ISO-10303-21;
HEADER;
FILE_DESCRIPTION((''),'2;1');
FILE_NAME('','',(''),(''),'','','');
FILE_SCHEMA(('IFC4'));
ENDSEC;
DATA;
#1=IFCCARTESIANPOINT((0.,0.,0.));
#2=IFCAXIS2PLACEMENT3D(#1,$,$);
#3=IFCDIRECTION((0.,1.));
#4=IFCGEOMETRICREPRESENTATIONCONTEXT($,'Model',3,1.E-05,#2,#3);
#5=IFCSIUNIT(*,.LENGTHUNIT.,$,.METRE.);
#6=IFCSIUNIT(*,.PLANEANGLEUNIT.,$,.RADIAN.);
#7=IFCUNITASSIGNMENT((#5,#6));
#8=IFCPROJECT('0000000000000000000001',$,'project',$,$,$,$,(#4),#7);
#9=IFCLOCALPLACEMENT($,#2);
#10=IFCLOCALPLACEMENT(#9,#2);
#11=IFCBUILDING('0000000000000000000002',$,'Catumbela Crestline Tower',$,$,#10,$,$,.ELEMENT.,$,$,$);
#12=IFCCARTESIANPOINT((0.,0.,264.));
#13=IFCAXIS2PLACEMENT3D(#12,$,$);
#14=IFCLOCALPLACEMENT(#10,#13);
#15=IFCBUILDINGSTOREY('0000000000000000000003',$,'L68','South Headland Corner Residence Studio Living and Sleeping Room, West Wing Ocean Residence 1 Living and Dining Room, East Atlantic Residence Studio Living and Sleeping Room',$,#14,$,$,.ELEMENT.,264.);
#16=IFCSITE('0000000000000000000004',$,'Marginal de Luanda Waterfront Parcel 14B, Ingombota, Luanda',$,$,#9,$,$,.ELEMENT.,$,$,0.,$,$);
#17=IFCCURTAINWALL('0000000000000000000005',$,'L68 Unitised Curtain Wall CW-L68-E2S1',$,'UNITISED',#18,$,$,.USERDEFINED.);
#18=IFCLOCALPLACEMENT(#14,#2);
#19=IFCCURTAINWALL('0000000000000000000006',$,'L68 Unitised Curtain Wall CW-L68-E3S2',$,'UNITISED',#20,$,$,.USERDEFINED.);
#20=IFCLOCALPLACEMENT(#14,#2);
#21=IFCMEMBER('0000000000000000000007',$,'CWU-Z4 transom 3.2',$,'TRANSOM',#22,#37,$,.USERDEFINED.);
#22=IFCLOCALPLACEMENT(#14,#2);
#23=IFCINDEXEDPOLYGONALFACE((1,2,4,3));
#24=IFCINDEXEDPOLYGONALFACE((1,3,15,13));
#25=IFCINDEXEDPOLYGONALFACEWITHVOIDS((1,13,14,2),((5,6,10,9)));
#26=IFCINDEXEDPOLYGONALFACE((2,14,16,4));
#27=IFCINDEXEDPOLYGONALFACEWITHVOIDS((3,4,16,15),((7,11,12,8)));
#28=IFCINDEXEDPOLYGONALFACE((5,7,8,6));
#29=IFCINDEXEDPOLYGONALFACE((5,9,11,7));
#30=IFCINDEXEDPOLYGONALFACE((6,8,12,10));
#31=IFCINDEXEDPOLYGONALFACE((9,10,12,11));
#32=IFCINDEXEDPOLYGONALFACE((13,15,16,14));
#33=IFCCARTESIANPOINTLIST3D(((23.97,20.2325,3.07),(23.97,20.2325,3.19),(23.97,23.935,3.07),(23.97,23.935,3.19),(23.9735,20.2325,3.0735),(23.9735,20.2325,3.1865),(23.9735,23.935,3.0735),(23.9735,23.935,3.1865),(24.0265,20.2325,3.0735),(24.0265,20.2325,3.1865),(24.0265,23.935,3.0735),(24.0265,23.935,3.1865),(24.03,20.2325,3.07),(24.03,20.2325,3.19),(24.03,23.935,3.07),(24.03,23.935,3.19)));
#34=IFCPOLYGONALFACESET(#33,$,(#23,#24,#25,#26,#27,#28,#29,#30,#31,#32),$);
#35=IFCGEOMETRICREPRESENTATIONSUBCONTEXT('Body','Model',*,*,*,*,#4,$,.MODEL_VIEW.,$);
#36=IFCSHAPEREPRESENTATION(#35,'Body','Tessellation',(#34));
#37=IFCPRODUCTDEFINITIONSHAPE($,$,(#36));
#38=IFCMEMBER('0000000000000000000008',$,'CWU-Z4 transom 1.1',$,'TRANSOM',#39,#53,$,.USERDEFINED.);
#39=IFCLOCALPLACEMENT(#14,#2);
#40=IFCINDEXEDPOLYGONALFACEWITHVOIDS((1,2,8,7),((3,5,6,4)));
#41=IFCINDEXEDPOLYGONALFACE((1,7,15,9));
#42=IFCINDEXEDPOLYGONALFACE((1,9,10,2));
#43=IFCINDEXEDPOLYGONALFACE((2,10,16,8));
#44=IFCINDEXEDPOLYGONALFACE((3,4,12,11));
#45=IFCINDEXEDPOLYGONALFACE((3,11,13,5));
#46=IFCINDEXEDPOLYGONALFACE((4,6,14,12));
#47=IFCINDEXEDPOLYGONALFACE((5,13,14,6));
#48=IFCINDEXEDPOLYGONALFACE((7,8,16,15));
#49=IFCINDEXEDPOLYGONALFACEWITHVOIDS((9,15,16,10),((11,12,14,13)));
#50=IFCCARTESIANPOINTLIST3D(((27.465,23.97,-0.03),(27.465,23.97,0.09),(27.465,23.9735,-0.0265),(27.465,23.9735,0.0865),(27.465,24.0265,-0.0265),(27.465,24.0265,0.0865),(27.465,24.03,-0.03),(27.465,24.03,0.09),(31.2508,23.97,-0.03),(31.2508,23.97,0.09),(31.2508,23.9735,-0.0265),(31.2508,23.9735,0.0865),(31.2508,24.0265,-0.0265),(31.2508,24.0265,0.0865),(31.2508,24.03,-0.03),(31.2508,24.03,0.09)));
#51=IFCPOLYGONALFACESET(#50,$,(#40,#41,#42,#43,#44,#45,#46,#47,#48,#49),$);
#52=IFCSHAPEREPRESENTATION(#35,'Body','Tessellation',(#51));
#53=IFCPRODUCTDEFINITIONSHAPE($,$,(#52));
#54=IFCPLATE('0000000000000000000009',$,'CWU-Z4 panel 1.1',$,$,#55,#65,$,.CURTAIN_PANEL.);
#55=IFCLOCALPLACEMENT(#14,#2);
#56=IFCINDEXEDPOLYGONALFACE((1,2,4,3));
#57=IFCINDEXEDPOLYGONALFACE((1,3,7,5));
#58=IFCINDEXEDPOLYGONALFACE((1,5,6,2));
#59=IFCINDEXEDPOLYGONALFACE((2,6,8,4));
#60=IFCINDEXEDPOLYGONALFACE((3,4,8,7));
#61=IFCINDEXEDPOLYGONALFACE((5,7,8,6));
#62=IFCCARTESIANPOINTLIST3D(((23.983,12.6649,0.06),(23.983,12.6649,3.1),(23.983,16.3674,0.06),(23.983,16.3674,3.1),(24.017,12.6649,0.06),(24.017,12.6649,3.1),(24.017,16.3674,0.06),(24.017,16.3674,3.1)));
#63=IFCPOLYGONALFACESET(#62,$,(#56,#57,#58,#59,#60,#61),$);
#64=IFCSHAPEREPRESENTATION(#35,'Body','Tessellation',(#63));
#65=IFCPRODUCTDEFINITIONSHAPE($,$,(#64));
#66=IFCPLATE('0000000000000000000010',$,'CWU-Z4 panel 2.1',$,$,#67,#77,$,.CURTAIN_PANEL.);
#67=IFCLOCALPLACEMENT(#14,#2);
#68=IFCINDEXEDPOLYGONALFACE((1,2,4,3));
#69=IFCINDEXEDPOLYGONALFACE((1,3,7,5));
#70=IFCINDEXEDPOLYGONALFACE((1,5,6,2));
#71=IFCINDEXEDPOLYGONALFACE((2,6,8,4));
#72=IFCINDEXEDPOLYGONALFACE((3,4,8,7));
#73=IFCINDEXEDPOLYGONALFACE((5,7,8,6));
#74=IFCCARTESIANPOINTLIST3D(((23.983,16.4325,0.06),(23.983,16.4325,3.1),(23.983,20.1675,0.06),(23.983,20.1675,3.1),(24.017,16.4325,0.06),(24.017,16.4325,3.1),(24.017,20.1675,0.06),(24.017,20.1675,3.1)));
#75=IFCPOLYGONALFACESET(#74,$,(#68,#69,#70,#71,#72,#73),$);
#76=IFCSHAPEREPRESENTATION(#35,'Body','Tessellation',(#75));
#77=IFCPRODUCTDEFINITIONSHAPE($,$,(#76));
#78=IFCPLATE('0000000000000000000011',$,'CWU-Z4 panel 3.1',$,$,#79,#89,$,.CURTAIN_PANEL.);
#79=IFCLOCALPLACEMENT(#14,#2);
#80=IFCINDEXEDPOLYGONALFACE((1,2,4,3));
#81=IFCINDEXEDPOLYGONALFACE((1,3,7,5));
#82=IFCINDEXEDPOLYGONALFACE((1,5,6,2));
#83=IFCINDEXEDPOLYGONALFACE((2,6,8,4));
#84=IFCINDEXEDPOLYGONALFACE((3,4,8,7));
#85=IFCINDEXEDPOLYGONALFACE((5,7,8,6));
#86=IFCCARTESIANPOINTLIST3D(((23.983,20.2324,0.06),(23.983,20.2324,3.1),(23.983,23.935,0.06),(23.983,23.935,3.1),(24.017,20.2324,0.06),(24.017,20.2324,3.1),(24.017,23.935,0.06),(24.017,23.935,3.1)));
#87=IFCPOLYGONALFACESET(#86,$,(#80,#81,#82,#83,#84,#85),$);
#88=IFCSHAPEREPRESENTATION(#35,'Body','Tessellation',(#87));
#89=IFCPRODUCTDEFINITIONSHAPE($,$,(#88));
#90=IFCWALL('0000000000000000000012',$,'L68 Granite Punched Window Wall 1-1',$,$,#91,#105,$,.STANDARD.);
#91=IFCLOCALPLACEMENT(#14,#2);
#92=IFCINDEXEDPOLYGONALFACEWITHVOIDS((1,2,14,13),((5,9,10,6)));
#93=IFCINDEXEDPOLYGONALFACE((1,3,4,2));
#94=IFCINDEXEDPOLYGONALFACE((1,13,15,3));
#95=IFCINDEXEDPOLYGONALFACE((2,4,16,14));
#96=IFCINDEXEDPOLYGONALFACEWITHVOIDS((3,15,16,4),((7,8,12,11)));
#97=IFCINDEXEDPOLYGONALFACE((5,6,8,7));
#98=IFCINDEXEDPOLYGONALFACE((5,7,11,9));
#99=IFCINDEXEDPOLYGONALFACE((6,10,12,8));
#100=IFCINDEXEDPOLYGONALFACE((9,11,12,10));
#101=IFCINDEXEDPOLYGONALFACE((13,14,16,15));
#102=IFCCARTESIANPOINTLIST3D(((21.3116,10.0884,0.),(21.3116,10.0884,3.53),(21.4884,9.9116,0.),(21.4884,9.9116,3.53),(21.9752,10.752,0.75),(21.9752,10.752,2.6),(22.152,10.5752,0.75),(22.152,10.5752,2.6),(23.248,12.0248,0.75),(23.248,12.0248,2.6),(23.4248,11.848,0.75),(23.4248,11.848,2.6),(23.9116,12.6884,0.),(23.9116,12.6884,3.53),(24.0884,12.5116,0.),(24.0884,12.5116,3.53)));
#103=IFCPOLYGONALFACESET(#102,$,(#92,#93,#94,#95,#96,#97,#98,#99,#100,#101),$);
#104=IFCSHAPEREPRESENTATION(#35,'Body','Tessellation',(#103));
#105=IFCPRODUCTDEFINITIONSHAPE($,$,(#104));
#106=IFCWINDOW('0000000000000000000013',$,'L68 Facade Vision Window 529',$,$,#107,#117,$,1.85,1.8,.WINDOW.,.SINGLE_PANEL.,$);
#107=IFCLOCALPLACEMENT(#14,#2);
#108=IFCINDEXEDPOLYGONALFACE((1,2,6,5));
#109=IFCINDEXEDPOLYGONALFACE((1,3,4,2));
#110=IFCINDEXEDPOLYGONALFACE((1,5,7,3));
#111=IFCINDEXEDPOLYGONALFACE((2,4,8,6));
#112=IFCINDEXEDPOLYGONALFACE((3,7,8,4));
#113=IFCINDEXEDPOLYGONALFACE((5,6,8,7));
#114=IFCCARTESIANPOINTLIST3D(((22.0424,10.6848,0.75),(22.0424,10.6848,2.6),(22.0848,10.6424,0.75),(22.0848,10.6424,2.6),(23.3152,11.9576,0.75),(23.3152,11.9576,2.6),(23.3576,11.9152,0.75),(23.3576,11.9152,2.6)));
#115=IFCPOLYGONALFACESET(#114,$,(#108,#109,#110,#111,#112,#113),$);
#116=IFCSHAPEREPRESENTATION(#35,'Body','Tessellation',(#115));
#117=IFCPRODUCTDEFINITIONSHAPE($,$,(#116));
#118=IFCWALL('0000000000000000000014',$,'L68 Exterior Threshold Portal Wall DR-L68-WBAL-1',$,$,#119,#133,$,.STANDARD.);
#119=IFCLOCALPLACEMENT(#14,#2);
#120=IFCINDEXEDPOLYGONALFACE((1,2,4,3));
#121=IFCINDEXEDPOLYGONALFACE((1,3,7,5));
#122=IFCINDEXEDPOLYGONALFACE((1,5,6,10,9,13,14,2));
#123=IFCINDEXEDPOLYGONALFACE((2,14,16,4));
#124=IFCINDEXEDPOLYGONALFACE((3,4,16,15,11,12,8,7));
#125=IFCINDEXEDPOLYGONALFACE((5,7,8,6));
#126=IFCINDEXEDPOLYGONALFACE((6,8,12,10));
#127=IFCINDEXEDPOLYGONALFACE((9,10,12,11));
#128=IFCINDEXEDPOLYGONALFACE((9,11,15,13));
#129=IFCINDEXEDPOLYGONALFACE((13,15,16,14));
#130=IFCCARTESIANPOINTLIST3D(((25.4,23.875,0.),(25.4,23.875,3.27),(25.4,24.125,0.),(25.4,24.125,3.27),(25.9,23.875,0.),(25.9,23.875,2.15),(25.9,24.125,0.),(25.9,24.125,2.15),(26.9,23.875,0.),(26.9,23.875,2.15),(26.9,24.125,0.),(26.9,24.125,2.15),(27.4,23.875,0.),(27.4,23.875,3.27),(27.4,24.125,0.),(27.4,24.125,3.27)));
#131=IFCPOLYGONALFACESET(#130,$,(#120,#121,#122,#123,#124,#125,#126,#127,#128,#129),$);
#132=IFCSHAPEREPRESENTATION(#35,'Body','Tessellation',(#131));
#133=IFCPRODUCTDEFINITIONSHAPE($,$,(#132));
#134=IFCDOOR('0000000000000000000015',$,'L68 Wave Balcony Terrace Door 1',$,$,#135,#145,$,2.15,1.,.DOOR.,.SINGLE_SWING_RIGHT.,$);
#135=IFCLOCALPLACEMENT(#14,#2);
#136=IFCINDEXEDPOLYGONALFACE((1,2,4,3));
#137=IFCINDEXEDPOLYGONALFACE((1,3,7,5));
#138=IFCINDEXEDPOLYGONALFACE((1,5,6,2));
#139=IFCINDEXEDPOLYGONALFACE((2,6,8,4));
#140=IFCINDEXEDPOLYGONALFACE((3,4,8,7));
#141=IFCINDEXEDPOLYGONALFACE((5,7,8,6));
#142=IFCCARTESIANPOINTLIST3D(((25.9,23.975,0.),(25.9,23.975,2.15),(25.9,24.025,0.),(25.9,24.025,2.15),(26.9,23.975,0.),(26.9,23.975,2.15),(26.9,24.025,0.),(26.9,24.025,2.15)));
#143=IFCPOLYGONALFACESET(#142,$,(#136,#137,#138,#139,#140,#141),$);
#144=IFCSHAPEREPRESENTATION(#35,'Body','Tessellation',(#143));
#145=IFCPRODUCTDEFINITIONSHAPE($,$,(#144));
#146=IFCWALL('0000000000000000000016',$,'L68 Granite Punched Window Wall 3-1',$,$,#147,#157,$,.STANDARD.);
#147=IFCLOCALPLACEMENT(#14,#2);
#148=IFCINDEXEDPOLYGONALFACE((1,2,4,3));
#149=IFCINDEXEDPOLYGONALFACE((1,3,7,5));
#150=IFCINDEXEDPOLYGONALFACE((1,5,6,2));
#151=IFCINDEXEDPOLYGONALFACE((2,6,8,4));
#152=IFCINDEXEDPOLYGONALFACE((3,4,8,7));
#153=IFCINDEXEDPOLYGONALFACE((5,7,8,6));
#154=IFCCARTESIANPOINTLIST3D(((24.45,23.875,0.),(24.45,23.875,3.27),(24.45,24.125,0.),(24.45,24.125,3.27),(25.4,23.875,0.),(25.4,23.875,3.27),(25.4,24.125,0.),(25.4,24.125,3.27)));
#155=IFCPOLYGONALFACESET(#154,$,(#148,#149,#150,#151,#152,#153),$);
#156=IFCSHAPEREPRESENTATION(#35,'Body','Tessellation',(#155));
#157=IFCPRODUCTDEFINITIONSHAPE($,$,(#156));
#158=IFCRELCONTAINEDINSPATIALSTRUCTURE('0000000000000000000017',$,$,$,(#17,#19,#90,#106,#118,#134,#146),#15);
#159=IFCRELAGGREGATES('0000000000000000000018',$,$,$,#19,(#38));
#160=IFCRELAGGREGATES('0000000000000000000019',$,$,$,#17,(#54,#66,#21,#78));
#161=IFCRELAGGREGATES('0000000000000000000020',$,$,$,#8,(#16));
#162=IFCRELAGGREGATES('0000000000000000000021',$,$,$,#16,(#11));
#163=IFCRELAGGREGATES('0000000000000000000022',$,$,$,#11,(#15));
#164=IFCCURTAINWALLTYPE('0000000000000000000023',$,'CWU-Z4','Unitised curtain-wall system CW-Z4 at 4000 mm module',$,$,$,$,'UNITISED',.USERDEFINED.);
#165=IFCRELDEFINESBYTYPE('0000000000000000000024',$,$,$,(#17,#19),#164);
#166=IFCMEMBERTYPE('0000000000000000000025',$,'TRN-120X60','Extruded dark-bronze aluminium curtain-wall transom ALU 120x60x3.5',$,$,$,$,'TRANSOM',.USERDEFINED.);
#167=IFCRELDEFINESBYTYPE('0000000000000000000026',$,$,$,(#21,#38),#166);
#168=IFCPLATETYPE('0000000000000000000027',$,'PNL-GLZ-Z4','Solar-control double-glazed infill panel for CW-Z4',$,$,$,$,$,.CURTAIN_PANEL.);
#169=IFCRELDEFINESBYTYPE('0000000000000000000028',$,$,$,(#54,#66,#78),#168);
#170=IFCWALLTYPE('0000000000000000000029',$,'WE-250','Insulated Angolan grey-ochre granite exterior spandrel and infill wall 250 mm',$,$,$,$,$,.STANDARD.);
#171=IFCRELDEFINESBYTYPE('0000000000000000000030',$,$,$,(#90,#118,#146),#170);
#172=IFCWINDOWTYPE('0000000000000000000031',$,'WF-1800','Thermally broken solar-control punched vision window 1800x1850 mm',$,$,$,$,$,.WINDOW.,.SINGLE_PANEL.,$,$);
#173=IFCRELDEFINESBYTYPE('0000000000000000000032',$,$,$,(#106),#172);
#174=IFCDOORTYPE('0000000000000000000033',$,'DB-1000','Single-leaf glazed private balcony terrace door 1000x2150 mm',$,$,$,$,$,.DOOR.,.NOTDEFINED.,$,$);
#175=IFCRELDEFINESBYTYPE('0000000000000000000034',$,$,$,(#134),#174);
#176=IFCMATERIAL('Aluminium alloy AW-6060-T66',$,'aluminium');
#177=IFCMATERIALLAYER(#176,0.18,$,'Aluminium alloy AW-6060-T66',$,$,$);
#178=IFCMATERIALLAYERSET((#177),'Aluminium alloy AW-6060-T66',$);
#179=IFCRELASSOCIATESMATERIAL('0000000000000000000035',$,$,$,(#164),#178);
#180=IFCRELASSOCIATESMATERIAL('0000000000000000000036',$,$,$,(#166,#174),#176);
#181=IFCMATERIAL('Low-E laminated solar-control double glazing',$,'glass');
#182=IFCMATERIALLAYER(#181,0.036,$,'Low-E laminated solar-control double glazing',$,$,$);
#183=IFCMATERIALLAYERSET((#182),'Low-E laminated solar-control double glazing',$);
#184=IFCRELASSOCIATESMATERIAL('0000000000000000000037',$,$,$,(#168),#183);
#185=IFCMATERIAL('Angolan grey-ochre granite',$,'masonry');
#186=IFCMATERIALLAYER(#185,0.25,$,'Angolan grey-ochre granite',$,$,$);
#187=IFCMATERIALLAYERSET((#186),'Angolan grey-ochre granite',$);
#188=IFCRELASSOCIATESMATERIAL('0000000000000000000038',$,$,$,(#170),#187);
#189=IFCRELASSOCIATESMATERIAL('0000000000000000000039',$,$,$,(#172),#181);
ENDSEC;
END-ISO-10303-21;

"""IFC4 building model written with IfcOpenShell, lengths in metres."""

from ifc_helpers import new_model, si_unit, direction, frame, frame_2d, origin, origin_2d, place, context, subcontext, project, spatial, rectangle, hollow_rectangle, extrude, material, layer, layer_set, material_profile, profile_set, type_object, element, fill, aggregate, save


model = new_model("IFC4")

# Units and contexts
model_context = context("Model", 3, precision=1e-05, world=origin(), true_north=direction((0.0, 1.0)))
body_context = subcontext(model_context, "Body", "Model", "MODEL_VIEW")
ifc_project = project(units=[si_unit("LENGTHUNIT", "METRE"), si_unit("PLANEANGLEUNIT", "RADIAN")], contexts=[model_context])

# Site, building, storey
site_placement = place(None, origin())
site = spatial("IfcSite", under=ifc_project, at=site_placement, Name="Marginal de Luanda Waterfront Parcel 14B, Ingombota, Luanda", CompositionType="ELEMENT", RefElevation=0.0)
building_placement = place(site_placement, origin())
building = spatial("IfcBuilding", under=site, at=building_placement, Name="Catumbela Crestline Tower", CompositionType="ELEMENT")
storey_placement = place(building_placement, frame((0.0, 0.0, 264.0)))
storey = spatial("IfcBuildingStorey", under=building, at=storey_placement, Name="L68", Description="South Headland Corner Residence Studio Living and Sleeping Room, West Wing Ocean Residence 1 Living and Dining Room, East Atlantic Residence Studio Living and Sleeping Room", CompositionType="ELEMENT", Elevation=264.0)

# Shared definitions
ifc_material_1 = material(Name="Aluminium alloy AW-6060-T66", Category="aluminium")
ifc_layer_1 = layer(ifc_material_1, 0.18, Name="Aluminium alloy AW-6060-T66")
ifc_layer_set_1 = layer_set([ifc_layer_1], Name="Aluminium alloy AW-6060-T66")
curtain_wall_type = type_object("IfcCurtainWallType", Name="CWU-Z4", Description="Unitised curtain-wall system CW-Z4 at 4000 mm module", ElementType="UNITISED", PredefinedType="USERDEFINED", material=ifc_layer_set_1)

# Curtain wall
curtain_wall_1_placement = place(storey_placement, origin())
curtain_wall_1 = element("IfcCurtainWall", 1, at=curtain_wall_1_placement, inside=storey, type_object=curtain_wall_type, Name="L68 Unitised Curtain Wall CW-L68-E2S1", ObjectType="UNITISED", PredefinedType="USERDEFINED")

# Curtain wall
curtain_wall_2_placement = place(storey_placement, origin())
curtain_wall_2 = element("IfcCurtainWall", 2, at=curtain_wall_2_placement, inside=storey, type_object=curtain_wall_type, Name="L68 Unitised Curtain Wall CW-L68-E3S2", ObjectType="UNITISED", PredefinedType="USERDEFINED")

# Members
ifc_material_profile_1 = material_profile(ifc_material_1, hollow_rectangle(XDim=0.06, YDim=0.12, WallThickness=0.0035, at=origin_2d()), Name="ALU 120x60x3.5")
ifc_profile_set_1 = profile_set([ifc_material_profile_1], Name="Aluminium alloy AW-6060-T66")
member_type_1 = type_object("IfcMemberType", Name="TRN-120X60", Description="Extruded dark-bronze aluminium curtain-wall transom ALU 120x60x3.5", ElementType="TRANSOM", PredefinedType="USERDEFINED", material=ifc_profile_set_1)
member_1_placement = place(storey_placement, frame((24.0, 20.2325, 3.13), z_axis=(0.0, 1.0, 0.0), x_axis=(-1.0, 0.0, 0.0)))
member_1 = element("IfcMember", 3, at=member_1_placement, type_object=member_type_1, Name="CWU-Z4 transom 3.2", ObjectType="TRANSOM", PredefinedType="USERDEFINED", context=body_context, shape_type="SweptSolid", body=[
    extrude(hollow_rectangle(XDim=0.06, YDim=0.12, WallThickness=0.0035, at=origin_2d()), origin(), (0.0, 0.0, 1.0), 3.7025),
])
member_2_placement = place(storey_placement, frame((27.465, 24.0, 0.03), z_axis=(1.0, 0.0, 0.0), x_axis=(0.0, 1.0, 0.0)))
member_2 = element("IfcMember", 4, at=member_2_placement, type_object=member_type_1, Name="CWU-Z4 transom 1.1", ObjectType="TRANSOM", PredefinedType="USERDEFINED", context=body_context, shape_type="SweptSolid", body=[
    extrude(hollow_rectangle(XDim=0.06, YDim=0.12, WallThickness=0.0035, at=origin_2d()), origin(), (0.0, 0.0, 1.0), 3.7858),
])
aggregate(curtain_wall_2, [member_2])

# Plates
ifc_material_2 = material(Name="Low-E laminated solar-control double glazing", Category="glass")
ifc_layer_2 = layer(ifc_material_2, 0.036, Name="Low-E laminated solar-control double glazing")
ifc_layer_set_2 = layer_set([ifc_layer_2], Name="Low-E laminated solar-control double glazing")
plate_type = type_object("IfcPlateType", Name="PNL-GLZ-Z4", Description="Solar-control double-glazed infill panel for CW-Z4", PredefinedType="CURTAIN_PANEL", material=ifc_layer_set_2)
plate_1_placement = place(storey_placement, frame((24.0, 14.5162, 0.06), z_axis=(0.0, 0.0, 1.0), x_axis=(0.0, 1.0, 0.0)))
plate_1 = element("IfcPlate", 5, at=plate_1_placement, type_object=plate_type, Name="CWU-Z4 panel 1.1", PredefinedType="CURTAIN_PANEL", context=body_context, shape_type="SweptSolid", body=[
    extrude(rectangle(XDim=3.7025, YDim=0.034, at=origin_2d()), origin(), (0.0, 0.0, 1.0), 3.04),
])
plate_2_placement = place(storey_placement, frame((24.0, 18.3, 0.06), z_axis=(0.0, 0.0, 1.0), x_axis=(0.0, 1.0, 0.0)))
plate_2 = element("IfcPlate", 6, at=plate_2_placement, type_object=plate_type, Name="CWU-Z4 panel 2.1", PredefinedType="CURTAIN_PANEL", context=body_context, shape_type="SweptSolid", body=[
    extrude(rectangle(XDim=3.735, YDim=0.034, at=origin_2d()), origin(), (0.0, 0.0, 1.0), 3.04),
])
plate_3_placement = place(storey_placement, frame((24.0, 22.0837, 0.06), z_axis=(0.0, 0.0, 1.0), x_axis=(0.0, 1.0, 0.0)))
plate_3 = element("IfcPlate", 7, at=plate_3_placement, type_object=plate_type, Name="CWU-Z4 panel 3.1", PredefinedType="CURTAIN_PANEL", context=body_context, shape_type="SweptSolid", body=[
    extrude(rectangle(XDim=3.7025, YDim=0.034, at=origin_2d()), origin(), (0.0, 0.0, 1.0), 3.04),
])
aggregate(curtain_wall_1, [plate_1, plate_2, member_1, plate_3])

# Wall, opening, window
ifc_material_3 = material(Name="Angolan grey-ochre granite", Category="masonry")
ifc_layer_3 = layer(ifc_material_3, 0.25, Name="Angolan grey-ochre granite")
ifc_layer_set_3 = layer_set([ifc_layer_3], Name="Angolan grey-ochre granite")
wall_type_1 = type_object("IfcWallType", Name="WE-250", Description="Insulated Angolan grey-ochre granite exterior spandrel and infill wall 250 mm", PredefinedType="STANDARD", material=ifc_layer_set_3)
wall_1_placement = place(storey_placement, frame((21.4, 10.0, 0.0), z_axis=(0.0, 0.0, 1.0), x_axis=(0.707107, 0.707107, 0.0)))
wall_1 = element("IfcWall", 8, at=wall_1_placement, inside=storey, type_object=wall_type_1, Name="L68 Granite Punched Window Wall 1-1", PredefinedType="STANDARD", context=body_context, shape_type="SweptSolid", body=[
    extrude(rectangle(XDim=3.677, YDim=0.25, at=frame_2d((1.8385, 0.0))), origin(), (0.0, 0.0, 1.0), 3.53),
])
opening_1_placement = place(wall_1_placement, frame((0.9385, 0.0, 0.75)))
opening_1 = element("IfcOpeningElement", 9, at=opening_1_placement, cuts=wall_1, PredefinedType="OPENING", context=body_context, shape_type="SweptSolid", body=[
    extrude(rectangle(XDim=1.8, YDim=1.85, at=frame_2d((0.9, 0.925))), frame((0.0, 0.135, 0.0), z_axis=(0.0, -1.0, 0.0), x_axis=(1.0, 0.0, 0.0)), (0.0, 0.0, 1.0), 0.27),
])
window_type = type_object("IfcWindowType", Name="WF-1800", Description="Thermally broken solar-control punched vision window 1800x1850 mm", PartitioningType="SINGLE_PANEL", PredefinedType="WINDOW", material=ifc_material_2)
window_placement = place(opening_1_placement, origin())
window = element("IfcWindow", 10, at=window_placement, inside=storey, type_object=window_type, Name="L68 Facade Vision Window 529", OverallHeight=1.85, OverallWidth=1.8, PartitioningType="SINGLE_PANEL", PredefinedType="WINDOW", context=body_context, shape_type="SweptSolid", body=[
    extrude(rectangle(XDim=1.8, YDim=1.85, at=frame_2d((0.9, 0.925))), frame((0.0, 0.03, 0.0), z_axis=(0.0, -1.0, 0.0), x_axis=(1.0, 0.0, 0.0)), (0.0, 0.0, 1.0), 0.06),
])
fill(opening_1, window)

# Wall, opening, door
wall_2_placement = place(storey_placement, frame((25.4, 24.0, 0.0), z_axis=(0.0, 0.0, 1.0), x_axis=(1.0, 0.0, 0.0)))
wall_2 = element("IfcWall", 11, at=wall_2_placement, inside=storey, type_object=wall_type_1, Name="L68 Exterior Threshold Portal Wall DR-L68-WBAL-1", PredefinedType="STANDARD", context=body_context, shape_type="SweptSolid", body=[
    extrude(rectangle(XDim=2.0, YDim=0.25, at=frame_2d((1.0, 0.0))), origin(), (0.0, 0.0, 1.0), 3.27),
])
opening_2_placement = place(wall_2_placement, frame((0.5, 0.0, 0.0)))
opening_2 = element("IfcOpeningElement", 12, at=opening_2_placement, cuts=wall_2, PredefinedType="OPENING", context=body_context, shape_type="SweptSolid", body=[
    extrude(rectangle(XDim=1.0, YDim=2.15, at=frame_2d((0.5, 1.075))), frame((0.0, 0.135, 0.0), z_axis=(0.0, -1.0, 0.0), x_axis=(1.0, 0.0, 0.0)), (0.0, 0.0, 1.0), 0.27),
])
door_type_1 = type_object("IfcDoorType", Name="DB-1000", Description="Single-leaf glazed private balcony terrace door 1000x2150 mm", OperationType="NOTDEFINED", PredefinedType="DOOR", material=ifc_material_1)
door_1_placement = place(opening_2_placement, origin())
door_1 = element("IfcDoor", 13, at=door_1_placement, inside=storey, type_object=door_type_1, Name="L68 Wave Balcony Terrace Door 1", OperationType="SINGLE_SWING_RIGHT", OverallHeight=2.15, OverallWidth=1.0, PredefinedType="DOOR", context=body_context, shape_type="SweptSolid", body=[
    extrude(rectangle(XDim=1.0, YDim=2.15, at=frame_2d((0.5, 1.075))), frame((0.0, 0.025, 0.0), z_axis=(0.0, -1.0, 0.0), x_axis=(1.0, 0.0, 0.0)), (0.0, 0.0, 1.0), 0.05),
])
fill(opening_2, door_1)

# Wall
wall_3_placement = place(storey_placement, frame((24.45, 24.0, 0.0), z_axis=(0.0, 0.0, 1.0), x_axis=(1.0, 0.0, 0.0)))
element("IfcWall", 14, at=wall_3_placement, inside=storey, type_object=wall_type_1, Name="L68 Granite Punched Window Wall 3-1", PredefinedType="STANDARD", context=body_context, shape_type="SweptSolid", body=[
    extrude(rectangle(XDim=0.95, YDim=0.25, at=frame_2d((0.475, 0.0))), origin(), (0.0, 0.0, 1.0), 3.27),
])

save(model, "model.ifc")
